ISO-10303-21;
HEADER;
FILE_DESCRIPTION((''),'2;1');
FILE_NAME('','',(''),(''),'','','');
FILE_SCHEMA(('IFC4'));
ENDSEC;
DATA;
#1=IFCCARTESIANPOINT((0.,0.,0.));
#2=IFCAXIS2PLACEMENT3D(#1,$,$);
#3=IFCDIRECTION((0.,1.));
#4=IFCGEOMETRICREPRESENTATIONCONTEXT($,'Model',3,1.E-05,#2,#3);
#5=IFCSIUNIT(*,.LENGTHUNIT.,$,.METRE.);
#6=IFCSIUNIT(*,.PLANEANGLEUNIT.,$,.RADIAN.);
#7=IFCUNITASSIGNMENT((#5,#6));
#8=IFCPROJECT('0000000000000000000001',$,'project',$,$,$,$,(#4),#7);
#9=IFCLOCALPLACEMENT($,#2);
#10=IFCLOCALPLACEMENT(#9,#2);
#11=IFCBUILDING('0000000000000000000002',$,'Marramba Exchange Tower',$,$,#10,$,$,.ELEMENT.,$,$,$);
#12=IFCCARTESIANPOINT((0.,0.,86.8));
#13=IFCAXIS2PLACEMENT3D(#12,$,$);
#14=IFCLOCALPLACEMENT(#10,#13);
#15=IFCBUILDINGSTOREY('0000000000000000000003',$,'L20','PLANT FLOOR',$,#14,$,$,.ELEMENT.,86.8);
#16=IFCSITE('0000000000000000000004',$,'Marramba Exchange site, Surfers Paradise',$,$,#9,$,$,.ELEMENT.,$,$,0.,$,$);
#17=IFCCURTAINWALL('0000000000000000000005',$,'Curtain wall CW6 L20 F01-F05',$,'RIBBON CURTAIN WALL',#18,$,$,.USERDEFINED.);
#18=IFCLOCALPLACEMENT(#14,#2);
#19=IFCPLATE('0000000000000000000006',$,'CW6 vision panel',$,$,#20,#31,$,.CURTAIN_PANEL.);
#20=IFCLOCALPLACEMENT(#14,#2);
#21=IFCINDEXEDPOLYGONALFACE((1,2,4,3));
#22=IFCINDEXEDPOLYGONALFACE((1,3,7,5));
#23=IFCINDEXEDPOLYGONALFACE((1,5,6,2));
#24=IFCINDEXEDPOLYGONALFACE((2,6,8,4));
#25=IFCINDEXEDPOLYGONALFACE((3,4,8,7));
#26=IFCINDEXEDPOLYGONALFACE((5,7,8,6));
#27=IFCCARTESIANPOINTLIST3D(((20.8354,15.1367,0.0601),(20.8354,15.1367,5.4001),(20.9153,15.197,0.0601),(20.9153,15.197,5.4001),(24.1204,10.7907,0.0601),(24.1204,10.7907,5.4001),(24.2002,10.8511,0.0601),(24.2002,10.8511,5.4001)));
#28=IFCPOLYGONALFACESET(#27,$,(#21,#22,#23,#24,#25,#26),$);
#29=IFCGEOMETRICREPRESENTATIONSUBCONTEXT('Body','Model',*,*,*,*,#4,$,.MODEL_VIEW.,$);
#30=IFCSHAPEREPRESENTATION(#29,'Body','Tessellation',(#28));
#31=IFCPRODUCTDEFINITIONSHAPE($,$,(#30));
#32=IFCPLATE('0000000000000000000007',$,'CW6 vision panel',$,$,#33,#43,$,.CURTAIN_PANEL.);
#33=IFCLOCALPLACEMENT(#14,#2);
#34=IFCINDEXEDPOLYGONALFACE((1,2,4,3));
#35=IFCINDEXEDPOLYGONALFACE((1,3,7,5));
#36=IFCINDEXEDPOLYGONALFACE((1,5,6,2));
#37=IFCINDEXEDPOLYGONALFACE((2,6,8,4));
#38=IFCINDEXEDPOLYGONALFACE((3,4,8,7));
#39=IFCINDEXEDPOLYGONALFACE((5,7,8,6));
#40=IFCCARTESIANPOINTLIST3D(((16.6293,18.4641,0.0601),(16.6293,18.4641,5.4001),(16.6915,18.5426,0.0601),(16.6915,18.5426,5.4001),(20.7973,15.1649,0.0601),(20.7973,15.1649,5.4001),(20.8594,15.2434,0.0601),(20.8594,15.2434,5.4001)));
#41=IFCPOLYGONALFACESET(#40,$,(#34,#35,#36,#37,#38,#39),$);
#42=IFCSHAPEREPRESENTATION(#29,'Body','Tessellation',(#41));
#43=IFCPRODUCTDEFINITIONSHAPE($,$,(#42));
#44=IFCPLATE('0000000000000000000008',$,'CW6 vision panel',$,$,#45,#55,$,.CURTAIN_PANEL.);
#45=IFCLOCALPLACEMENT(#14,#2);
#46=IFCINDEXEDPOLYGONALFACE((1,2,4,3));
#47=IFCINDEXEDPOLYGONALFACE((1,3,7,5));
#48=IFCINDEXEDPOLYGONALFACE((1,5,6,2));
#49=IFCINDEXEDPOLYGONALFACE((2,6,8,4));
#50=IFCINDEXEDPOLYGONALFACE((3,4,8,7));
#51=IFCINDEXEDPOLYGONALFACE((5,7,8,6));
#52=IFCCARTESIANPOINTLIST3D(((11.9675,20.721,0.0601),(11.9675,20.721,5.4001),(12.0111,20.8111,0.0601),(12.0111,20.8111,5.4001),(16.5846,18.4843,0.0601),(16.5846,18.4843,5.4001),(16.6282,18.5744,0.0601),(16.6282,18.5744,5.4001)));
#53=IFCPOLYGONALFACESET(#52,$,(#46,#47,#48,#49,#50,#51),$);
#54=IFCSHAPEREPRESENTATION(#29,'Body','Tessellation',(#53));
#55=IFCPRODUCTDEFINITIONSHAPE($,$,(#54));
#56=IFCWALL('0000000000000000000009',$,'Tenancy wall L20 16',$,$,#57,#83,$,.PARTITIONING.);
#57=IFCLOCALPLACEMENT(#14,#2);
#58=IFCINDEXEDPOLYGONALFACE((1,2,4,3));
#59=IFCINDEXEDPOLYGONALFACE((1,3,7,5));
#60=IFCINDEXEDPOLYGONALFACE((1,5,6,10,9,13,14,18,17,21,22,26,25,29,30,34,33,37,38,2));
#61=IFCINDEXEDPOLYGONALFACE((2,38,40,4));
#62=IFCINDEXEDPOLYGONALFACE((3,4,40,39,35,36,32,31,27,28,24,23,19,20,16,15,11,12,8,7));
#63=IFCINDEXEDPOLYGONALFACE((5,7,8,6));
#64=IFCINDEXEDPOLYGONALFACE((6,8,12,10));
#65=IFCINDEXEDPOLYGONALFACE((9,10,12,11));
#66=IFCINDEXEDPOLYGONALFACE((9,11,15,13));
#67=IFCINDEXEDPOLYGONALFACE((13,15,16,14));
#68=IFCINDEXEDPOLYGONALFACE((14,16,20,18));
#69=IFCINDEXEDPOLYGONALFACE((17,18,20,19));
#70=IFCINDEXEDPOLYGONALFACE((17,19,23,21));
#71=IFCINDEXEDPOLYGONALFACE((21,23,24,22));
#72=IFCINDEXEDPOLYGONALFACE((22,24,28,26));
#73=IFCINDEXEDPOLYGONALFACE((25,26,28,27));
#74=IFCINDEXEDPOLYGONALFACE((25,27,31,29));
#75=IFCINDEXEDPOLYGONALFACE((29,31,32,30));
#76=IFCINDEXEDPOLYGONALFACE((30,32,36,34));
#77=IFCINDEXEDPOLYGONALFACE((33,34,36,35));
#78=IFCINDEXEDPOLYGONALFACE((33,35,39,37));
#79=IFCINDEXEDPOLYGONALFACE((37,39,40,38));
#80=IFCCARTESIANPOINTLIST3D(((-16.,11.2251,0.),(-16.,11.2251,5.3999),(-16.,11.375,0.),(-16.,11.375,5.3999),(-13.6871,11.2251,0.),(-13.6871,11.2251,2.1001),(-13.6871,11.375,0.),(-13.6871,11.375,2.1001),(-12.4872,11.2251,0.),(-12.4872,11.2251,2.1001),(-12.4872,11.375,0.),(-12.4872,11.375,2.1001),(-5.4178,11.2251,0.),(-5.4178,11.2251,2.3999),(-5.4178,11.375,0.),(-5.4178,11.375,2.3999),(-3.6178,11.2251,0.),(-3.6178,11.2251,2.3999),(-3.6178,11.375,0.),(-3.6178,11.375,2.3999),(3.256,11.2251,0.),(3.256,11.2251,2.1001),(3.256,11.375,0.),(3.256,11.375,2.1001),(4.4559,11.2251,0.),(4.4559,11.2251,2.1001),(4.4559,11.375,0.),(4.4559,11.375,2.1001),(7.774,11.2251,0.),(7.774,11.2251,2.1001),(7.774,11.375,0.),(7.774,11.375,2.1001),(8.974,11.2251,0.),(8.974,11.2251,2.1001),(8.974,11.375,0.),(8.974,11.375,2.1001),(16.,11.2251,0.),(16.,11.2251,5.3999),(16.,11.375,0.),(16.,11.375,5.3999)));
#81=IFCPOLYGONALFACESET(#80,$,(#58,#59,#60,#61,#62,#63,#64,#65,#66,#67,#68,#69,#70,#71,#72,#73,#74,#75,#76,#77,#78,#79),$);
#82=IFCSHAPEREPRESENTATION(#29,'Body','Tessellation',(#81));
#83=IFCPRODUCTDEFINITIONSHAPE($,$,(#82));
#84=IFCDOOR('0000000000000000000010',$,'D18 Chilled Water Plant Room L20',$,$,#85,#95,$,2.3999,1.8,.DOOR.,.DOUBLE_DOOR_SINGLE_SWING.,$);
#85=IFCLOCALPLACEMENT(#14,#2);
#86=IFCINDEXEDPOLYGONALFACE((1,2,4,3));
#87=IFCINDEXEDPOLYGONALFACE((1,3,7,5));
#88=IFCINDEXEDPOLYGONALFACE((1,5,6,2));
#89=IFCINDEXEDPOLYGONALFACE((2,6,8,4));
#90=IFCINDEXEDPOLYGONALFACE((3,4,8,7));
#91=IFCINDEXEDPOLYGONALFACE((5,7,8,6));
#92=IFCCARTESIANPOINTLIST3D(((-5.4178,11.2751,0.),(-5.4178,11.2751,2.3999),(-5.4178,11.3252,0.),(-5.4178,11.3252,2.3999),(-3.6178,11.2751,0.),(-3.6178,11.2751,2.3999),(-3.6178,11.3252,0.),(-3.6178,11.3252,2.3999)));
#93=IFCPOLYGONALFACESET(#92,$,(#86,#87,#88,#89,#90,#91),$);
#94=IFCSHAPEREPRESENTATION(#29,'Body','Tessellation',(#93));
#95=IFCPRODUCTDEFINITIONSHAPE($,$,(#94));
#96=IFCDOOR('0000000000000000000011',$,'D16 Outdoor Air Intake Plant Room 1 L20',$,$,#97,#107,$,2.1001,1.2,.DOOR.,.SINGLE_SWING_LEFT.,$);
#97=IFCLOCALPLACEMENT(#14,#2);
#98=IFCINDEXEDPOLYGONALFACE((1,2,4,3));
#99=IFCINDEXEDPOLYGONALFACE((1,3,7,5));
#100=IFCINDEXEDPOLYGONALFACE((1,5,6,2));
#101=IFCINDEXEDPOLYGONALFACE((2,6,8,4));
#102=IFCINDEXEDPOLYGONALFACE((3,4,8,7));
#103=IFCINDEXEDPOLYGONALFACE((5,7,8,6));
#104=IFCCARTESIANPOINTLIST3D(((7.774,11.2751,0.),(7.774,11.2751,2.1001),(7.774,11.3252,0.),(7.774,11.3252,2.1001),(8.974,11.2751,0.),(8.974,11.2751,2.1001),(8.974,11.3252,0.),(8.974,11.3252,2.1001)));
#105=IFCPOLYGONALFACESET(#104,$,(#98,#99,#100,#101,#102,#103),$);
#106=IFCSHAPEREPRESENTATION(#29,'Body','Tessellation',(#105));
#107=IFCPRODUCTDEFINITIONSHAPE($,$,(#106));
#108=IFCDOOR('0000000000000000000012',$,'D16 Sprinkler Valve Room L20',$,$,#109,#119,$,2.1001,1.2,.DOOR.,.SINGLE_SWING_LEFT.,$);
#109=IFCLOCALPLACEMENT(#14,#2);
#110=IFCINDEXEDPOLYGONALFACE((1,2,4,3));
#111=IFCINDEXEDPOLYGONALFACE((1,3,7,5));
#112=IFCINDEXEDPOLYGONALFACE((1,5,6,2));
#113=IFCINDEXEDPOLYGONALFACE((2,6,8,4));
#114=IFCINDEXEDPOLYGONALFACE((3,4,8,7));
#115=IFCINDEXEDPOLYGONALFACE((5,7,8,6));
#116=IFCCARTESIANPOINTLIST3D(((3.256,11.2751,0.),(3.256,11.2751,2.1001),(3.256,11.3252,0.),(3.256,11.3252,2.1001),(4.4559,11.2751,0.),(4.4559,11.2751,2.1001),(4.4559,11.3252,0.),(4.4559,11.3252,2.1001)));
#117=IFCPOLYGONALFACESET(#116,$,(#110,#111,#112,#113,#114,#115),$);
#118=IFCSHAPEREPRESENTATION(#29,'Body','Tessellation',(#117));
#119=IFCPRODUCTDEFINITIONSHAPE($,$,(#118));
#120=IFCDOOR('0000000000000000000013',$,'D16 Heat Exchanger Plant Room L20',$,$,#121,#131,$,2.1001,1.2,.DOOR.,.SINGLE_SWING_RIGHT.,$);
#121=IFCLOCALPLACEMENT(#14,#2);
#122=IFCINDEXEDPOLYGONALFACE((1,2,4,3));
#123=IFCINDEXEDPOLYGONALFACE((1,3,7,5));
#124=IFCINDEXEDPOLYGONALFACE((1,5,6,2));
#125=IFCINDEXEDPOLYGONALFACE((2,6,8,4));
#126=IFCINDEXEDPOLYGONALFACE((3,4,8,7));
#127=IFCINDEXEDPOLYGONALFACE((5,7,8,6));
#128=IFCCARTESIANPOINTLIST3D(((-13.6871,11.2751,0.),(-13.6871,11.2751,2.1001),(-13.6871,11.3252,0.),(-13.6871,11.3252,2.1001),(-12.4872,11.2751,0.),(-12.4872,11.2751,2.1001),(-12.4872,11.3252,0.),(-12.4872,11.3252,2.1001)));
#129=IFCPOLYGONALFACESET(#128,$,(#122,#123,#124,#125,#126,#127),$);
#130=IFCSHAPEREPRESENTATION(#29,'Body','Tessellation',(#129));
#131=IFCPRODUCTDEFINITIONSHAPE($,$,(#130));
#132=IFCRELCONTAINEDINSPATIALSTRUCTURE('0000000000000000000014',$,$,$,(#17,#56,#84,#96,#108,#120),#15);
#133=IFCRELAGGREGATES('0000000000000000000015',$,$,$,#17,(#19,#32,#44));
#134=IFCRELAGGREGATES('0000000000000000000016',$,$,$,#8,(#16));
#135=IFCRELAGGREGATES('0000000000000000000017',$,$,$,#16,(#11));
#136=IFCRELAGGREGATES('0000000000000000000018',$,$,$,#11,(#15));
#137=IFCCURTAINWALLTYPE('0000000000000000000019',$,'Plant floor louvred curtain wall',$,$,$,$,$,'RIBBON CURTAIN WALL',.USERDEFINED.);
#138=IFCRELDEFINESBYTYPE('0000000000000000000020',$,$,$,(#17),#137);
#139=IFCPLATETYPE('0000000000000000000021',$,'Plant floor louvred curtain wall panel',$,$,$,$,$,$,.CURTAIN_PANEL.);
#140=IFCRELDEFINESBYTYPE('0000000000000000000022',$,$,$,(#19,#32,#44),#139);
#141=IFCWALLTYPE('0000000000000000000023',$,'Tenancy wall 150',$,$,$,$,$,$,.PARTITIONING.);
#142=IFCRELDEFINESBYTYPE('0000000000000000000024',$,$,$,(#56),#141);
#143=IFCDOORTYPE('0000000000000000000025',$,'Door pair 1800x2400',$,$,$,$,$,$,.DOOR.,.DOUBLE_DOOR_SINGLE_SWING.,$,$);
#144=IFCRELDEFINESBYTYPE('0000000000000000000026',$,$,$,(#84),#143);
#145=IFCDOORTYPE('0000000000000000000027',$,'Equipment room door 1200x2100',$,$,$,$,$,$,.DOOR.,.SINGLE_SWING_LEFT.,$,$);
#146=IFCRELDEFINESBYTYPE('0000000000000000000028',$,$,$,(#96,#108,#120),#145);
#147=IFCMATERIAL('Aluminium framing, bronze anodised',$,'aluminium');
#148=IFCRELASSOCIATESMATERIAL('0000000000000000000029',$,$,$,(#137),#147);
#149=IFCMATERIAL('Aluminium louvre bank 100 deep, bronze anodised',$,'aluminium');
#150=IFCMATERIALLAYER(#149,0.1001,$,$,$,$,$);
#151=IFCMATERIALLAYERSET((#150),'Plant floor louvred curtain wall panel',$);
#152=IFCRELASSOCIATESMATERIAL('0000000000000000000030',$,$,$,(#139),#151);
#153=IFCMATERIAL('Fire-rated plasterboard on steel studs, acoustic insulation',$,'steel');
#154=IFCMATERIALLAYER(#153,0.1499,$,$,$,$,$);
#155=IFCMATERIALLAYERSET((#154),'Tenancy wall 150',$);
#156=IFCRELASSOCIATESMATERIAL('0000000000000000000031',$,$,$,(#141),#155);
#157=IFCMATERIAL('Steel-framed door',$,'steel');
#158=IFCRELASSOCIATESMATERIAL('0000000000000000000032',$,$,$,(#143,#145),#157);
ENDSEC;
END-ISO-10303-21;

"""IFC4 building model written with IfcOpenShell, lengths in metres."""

from ifc_helpers import new_model, si_unit, direction, frame, frame_2d, origin, origin_2d, place, context, subcontext, project, spatial, rectangle, extrude, material, layer, layer_set, type_object, element, fill, aggregate, save


model = new_model("IFC4")

# Units and contexts
model_context = context("Model", 3, precision=1e-05, world=origin(), true_north=direction((0.0, 1.0)))
body_context = subcontext(model_context, "Body", "Model", "MODEL_VIEW")
ifc_project = project(units=[si_unit("LENGTHUNIT", "METRE"), si_unit("PLANEANGLEUNIT", "RADIAN")], contexts=[model_context])

# Site, building, storey
site_placement = place(None, origin())
site = spatial("IfcSite", under=ifc_project, at=site_placement, Name="Marramba Exchange site, Surfers Paradise", CompositionType="ELEMENT", RefElevation=0.0)
building_placement = place(site_placement, origin())
building = spatial("IfcBuilding", under=site, at=building_placement, Name="Marramba Exchange Tower", CompositionType="ELEMENT")
storey_placement = place(building_placement, frame((0.0, 0.0, 86.8)))
storey = spatial("IfcBuildingStorey", under=building, at=storey_placement, Name="L20", Description="PLANT FLOOR", CompositionType="ELEMENT", Elevation=86.8)

# Curtain wall
ifc_material_1 = material(Name="Aluminium framing, bronze anodised", Category="aluminium")
curtain_wall_type = type_object("IfcCurtainWallType", Name="Plant floor louvred curtain wall", ElementType="RIBBON CURTAIN WALL", PredefinedType="USERDEFINED", material=ifc_material_1)
curtain_wall_placement = place(storey_placement, origin())
curtain_wall = element("IfcCurtainWall", 1, at=curtain_wall_placement, inside=storey, type_object=curtain_wall_type, Name="Curtain wall CW6 L20 F01-F05", ObjectType="RIBBON CURTAIN WALL", PredefinedType="USERDEFINED")

# Plates
ifc_material_2 = material(Name="Aluminium louvre bank 100 deep, bronze anodised", Category="aluminium")
ifc_layer_1 = layer(ifc_material_2, 0.1001)
ifc_layer_set_1 = layer_set([ifc_layer_1], Name="Plant floor louvred curtain wall panel")
plate_type = type_object("IfcPlateType", Name="Plant floor louvred curtain wall panel", PredefinedType="CURTAIN_PANEL", material=ifc_layer_set_1)
plate_1_placement = place(storey_placement, frame((22.5178, 12.9939, 0.0601), z_axis=(0.0, 0.0, 1.0), x_axis=(-0.60299, 0.797749, 0.0)))
plate_1 = element("IfcPlate", 2, at=plate_1_placement, type_object=plate_type, Name="CW6 vision panel", PredefinedType="CURTAIN_PANEL", context=body_context, shape_type="SweptSolid", body=[
    extrude(rectangle(XDim=5.4478, YDim=0.1001, at=origin_2d()), origin(), (0.0, 0.0, 1.0), 5.3401),
])
plate_2_placement = place(storey_placement, frame((18.7444, 16.8538, 0.0601), z_axis=(0.0, 0.0, 1.0), x_axis=(-0.784088, 0.62065, 0.0)))
plate_2 = element("IfcPlate", 3, at=plate_2_placement, type_object=plate_type, Name="CW6 vision panel", PredefinedType="CURTAIN_PANEL", context=body_context, shape_type="SweptSolid", body=[
    extrude(rectangle(XDim=5.3157, YDim=0.1001, at=origin_2d()), origin(), (0.0, 0.0, 1.0), 5.3401),
])
plate_3_placement = place(storey_placement, frame((14.2979, 19.6477, 0.0601), z_axis=(0.0, 0.0, 1.0), x_axis=(-0.899963, 0.435965, 0.0)))
plate_3 = element("IfcPlate", 4, at=plate_3_placement, type_object=plate_type, Name="CW6 vision panel", PredefinedType="CURTAIN_PANEL", context=body_context, shape_type="SweptSolid", body=[
    extrude(rectangle(XDim=5.1304, YDim=0.1001, at=origin_2d()), origin(), (0.0, 0.0, 1.0), 5.3401),
])
aggregate(curtain_wall, [plate_1, plate_2, plate_3])

# Wall, openings, doors
ifc_material_3 = material(Name="Fire-rated plasterboard on steel studs, acoustic insulation", Category="steel")
ifc_layer_2 = layer(ifc_material_3, 0.1499)
ifc_layer_set_2 = layer_set([ifc_layer_2], Name="Tenancy wall 150")
wall_type = type_object("IfcWallType", Name="Tenancy wall 150", PredefinedType="PARTITIONING", material=ifc_layer_set_2)
wall_placement = place(storey_placement, frame((16.0, 11.3, 0.0), z_axis=(0.0, 0.0, 1.0), x_axis=(-1.0, 0.0, 0.0)))
wall = element("IfcWall", 5, at=wall_placement, inside=storey, type_object=wall_type, Name="Tenancy wall L20 16", PredefinedType="PARTITIONING", context=body_context, shape_type="SweptSolid", body=[
    extrude(rectangle(XDim=32.0, YDim=0.1499, at=frame_2d((16.0, 0.0))), origin(), (0.0, 0.0, 1.0), 5.3999),
])
opening_1_placement = place(wall_placement, frame((7.0259, 0.0, 0.0)))
opening_1 = element("IfcOpeningElement", 6, at=opening_1_placement, cuts=wall, PredefinedType="OPENING", context=body_context, shape_type="SweptSolid", body=[
    extrude(rectangle(XDim=1.2, YDim=2.1001, at=frame_2d((0.6001, 1.05))), frame((0.0, 0.085, 0.0), z_axis=(0.0, -1.0, 0.0), x_axis=(1.0, 0.0, 0.0)), (0.0, 0.0, 1.0), 0.1699),
])
opening_2_placement = place(wall_placement, frame((11.5439, 0.0, 0.0)))
opening_2 = element("IfcOpeningElement", 7, at=opening_2_placement, cuts=wall, PredefinedType="OPENING", context=body_context, shape_type="SweptSolid", body=[
    extrude(rectangle(XDim=1.2, YDim=2.1001, at=frame_2d((0.6001, 1.05))), frame((0.0, 0.085, 0.0), z_axis=(0.0, -1.0, 0.0), x_axis=(1.0, 0.0, 0.0)), (0.0, 0.0, 1.0), 0.1699),
])
opening_3_placement = place(wall_placement, frame((19.6179, 0.0, 0.0)))
opening_3 = element("IfcOpeningElement", 8, at=opening_3_placement, cuts=wall, PredefinedType="OPENING", context=body_context, shape_type="SweptSolid", body=[
    extrude(rectangle(XDim=1.8, YDim=2.3999, at=frame_2d((0.8999, 1.2))), frame((0.0, 0.085, 0.0), z_axis=(0.0, -1.0, 0.0), x_axis=(1.0, 0.0, 0.0)), (0.0, 0.0, 1.0), 0.1699),
])
opening_4_placement = place(wall_placement, frame((28.4871, 0.0, 0.0)))
opening_4 = element("IfcOpeningElement", 9, at=opening_4_placement, cuts=wall, PredefinedType="OPENING", context=body_context, shape_type="SweptSolid", body=[
    extrude(rectangle(XDim=1.2, YDim=2.1001, at=frame_2d((0.6001, 1.05))), frame((0.0, 0.085, 0.0), z_axis=(0.0, -1.0, 0.0), x_axis=(1.0, 0.0, 0.0)), (0.0, 0.0, 1.0), 0.1699),
])
ifc_material_4 = material(Name="Steel-framed door", Category="steel")
door_type_1 = type_object("IfcDoorType", Name="Door pair 1800x2400", OperationType="DOUBLE_DOOR_SINGLE_SWING", PredefinedType="DOOR", material=ifc_material_4)
door_1_placement = place(opening_3_placement, origin())
door_1 = element("IfcDoor", 10, at=door_1_placement, inside=storey, type_object=door_type_1, Name="D18 Chilled Water Plant Room L20", OperationType="DOUBLE_DOOR_SINGLE_SWING", OverallHeight=2.3999, OverallWidth=1.8, PredefinedType="DOOR", context=body_context, shape_type="SweptSolid", body=[
    extrude(rectangle(XDim=1.8, YDim=2.3999, at=frame_2d((0.8999, 1.2))), frame((0.0, 0.0249, 0.0), z_axis=(0.0, -1.0, 0.0), x_axis=(1.0, 0.0, 0.0)), (0.0, 0.0, 1.0), 0.05),
])
fill(opening_3, door_1)
door_type_2 = type_object("IfcDoorType", Name="Equipment room door 1200x2100", OperationType="SINGLE_SWING_LEFT", PredefinedType="DOOR", material=ifc_material_4)
door_2_placement = place(opening_1_placement, frame((1.2, 0.0, 0.0), z_axis=(0.0, 0.0, 1.0), x_axis=(-1.0, 0.0, 0.0)))
door_2 = element("IfcDoor", 11, at=door_2_placement, inside=storey, type_object=door_type_2, Name="D16 Outdoor Air Intake Plant Room 1 L20", OperationType="SINGLE_SWING_LEFT", OverallHeight=2.1001, OverallWidth=1.2, PredefinedType="DOOR", context=body_context, shape_type="SweptSolid", body=[
    extrude(rectangle(XDim=1.2, YDim=2.1001, at=frame_2d((0.5999, 1.05))), frame((0.0, 0.0251, 0.0), z_axis=(0.0, -1.0, 0.0), x_axis=(1.0, 0.0, 0.0)), (0.0, 0.0, 1.0), 0.05),
])
fill(opening_1, door_2)
door_3_placement = place(opening_2_placement, origin())
door_3 = element("IfcDoor", 12, at=door_3_placement, inside=storey, type_object=door_type_2, Name="D16 Sprinkler Valve Room L20", OperationType="SINGLE_SWING_LEFT", OverallHeight=2.1001, OverallWidth=1.2, PredefinedType="DOOR", context=body_context, shape_type="SweptSolid", body=[
    extrude(rectangle(XDim=1.2, YDim=2.1001, at=frame_2d((0.6001, 1.05))), frame((0.0, 0.0249, 0.0), z_axis=(0.0, -1.0, 0.0), x_axis=(1.0, 0.0, 0.0)), (0.0, 0.0, 1.0), 0.05),
])
fill(opening_2, door_3)
door_4_placement = place(opening_4_placement, origin())
door_4 = element("IfcDoor", 13, at=door_4_placement, inside=storey, type_object=door_type_2, Name="D16 Heat Exchanger Plant Room L20", OperationType="SINGLE_SWING_RIGHT", OverallHeight=2.1001, OverallWidth=1.2, PredefinedType="DOOR", context=body_context, shape_type="SweptSolid", body=[
    extrude(rectangle(XDim=1.2, YDim=2.1001, at=frame_2d((0.6001, 1.05))), frame((0.0, 0.0249, 0.0), z_axis=(0.0, -1.0, 0.0), x_axis=(1.0, 0.0, 0.0)), (0.0, 0.0, 1.0), 0.05),
])
fill(opening_4, door_4)

save(model, "model.ifc")
